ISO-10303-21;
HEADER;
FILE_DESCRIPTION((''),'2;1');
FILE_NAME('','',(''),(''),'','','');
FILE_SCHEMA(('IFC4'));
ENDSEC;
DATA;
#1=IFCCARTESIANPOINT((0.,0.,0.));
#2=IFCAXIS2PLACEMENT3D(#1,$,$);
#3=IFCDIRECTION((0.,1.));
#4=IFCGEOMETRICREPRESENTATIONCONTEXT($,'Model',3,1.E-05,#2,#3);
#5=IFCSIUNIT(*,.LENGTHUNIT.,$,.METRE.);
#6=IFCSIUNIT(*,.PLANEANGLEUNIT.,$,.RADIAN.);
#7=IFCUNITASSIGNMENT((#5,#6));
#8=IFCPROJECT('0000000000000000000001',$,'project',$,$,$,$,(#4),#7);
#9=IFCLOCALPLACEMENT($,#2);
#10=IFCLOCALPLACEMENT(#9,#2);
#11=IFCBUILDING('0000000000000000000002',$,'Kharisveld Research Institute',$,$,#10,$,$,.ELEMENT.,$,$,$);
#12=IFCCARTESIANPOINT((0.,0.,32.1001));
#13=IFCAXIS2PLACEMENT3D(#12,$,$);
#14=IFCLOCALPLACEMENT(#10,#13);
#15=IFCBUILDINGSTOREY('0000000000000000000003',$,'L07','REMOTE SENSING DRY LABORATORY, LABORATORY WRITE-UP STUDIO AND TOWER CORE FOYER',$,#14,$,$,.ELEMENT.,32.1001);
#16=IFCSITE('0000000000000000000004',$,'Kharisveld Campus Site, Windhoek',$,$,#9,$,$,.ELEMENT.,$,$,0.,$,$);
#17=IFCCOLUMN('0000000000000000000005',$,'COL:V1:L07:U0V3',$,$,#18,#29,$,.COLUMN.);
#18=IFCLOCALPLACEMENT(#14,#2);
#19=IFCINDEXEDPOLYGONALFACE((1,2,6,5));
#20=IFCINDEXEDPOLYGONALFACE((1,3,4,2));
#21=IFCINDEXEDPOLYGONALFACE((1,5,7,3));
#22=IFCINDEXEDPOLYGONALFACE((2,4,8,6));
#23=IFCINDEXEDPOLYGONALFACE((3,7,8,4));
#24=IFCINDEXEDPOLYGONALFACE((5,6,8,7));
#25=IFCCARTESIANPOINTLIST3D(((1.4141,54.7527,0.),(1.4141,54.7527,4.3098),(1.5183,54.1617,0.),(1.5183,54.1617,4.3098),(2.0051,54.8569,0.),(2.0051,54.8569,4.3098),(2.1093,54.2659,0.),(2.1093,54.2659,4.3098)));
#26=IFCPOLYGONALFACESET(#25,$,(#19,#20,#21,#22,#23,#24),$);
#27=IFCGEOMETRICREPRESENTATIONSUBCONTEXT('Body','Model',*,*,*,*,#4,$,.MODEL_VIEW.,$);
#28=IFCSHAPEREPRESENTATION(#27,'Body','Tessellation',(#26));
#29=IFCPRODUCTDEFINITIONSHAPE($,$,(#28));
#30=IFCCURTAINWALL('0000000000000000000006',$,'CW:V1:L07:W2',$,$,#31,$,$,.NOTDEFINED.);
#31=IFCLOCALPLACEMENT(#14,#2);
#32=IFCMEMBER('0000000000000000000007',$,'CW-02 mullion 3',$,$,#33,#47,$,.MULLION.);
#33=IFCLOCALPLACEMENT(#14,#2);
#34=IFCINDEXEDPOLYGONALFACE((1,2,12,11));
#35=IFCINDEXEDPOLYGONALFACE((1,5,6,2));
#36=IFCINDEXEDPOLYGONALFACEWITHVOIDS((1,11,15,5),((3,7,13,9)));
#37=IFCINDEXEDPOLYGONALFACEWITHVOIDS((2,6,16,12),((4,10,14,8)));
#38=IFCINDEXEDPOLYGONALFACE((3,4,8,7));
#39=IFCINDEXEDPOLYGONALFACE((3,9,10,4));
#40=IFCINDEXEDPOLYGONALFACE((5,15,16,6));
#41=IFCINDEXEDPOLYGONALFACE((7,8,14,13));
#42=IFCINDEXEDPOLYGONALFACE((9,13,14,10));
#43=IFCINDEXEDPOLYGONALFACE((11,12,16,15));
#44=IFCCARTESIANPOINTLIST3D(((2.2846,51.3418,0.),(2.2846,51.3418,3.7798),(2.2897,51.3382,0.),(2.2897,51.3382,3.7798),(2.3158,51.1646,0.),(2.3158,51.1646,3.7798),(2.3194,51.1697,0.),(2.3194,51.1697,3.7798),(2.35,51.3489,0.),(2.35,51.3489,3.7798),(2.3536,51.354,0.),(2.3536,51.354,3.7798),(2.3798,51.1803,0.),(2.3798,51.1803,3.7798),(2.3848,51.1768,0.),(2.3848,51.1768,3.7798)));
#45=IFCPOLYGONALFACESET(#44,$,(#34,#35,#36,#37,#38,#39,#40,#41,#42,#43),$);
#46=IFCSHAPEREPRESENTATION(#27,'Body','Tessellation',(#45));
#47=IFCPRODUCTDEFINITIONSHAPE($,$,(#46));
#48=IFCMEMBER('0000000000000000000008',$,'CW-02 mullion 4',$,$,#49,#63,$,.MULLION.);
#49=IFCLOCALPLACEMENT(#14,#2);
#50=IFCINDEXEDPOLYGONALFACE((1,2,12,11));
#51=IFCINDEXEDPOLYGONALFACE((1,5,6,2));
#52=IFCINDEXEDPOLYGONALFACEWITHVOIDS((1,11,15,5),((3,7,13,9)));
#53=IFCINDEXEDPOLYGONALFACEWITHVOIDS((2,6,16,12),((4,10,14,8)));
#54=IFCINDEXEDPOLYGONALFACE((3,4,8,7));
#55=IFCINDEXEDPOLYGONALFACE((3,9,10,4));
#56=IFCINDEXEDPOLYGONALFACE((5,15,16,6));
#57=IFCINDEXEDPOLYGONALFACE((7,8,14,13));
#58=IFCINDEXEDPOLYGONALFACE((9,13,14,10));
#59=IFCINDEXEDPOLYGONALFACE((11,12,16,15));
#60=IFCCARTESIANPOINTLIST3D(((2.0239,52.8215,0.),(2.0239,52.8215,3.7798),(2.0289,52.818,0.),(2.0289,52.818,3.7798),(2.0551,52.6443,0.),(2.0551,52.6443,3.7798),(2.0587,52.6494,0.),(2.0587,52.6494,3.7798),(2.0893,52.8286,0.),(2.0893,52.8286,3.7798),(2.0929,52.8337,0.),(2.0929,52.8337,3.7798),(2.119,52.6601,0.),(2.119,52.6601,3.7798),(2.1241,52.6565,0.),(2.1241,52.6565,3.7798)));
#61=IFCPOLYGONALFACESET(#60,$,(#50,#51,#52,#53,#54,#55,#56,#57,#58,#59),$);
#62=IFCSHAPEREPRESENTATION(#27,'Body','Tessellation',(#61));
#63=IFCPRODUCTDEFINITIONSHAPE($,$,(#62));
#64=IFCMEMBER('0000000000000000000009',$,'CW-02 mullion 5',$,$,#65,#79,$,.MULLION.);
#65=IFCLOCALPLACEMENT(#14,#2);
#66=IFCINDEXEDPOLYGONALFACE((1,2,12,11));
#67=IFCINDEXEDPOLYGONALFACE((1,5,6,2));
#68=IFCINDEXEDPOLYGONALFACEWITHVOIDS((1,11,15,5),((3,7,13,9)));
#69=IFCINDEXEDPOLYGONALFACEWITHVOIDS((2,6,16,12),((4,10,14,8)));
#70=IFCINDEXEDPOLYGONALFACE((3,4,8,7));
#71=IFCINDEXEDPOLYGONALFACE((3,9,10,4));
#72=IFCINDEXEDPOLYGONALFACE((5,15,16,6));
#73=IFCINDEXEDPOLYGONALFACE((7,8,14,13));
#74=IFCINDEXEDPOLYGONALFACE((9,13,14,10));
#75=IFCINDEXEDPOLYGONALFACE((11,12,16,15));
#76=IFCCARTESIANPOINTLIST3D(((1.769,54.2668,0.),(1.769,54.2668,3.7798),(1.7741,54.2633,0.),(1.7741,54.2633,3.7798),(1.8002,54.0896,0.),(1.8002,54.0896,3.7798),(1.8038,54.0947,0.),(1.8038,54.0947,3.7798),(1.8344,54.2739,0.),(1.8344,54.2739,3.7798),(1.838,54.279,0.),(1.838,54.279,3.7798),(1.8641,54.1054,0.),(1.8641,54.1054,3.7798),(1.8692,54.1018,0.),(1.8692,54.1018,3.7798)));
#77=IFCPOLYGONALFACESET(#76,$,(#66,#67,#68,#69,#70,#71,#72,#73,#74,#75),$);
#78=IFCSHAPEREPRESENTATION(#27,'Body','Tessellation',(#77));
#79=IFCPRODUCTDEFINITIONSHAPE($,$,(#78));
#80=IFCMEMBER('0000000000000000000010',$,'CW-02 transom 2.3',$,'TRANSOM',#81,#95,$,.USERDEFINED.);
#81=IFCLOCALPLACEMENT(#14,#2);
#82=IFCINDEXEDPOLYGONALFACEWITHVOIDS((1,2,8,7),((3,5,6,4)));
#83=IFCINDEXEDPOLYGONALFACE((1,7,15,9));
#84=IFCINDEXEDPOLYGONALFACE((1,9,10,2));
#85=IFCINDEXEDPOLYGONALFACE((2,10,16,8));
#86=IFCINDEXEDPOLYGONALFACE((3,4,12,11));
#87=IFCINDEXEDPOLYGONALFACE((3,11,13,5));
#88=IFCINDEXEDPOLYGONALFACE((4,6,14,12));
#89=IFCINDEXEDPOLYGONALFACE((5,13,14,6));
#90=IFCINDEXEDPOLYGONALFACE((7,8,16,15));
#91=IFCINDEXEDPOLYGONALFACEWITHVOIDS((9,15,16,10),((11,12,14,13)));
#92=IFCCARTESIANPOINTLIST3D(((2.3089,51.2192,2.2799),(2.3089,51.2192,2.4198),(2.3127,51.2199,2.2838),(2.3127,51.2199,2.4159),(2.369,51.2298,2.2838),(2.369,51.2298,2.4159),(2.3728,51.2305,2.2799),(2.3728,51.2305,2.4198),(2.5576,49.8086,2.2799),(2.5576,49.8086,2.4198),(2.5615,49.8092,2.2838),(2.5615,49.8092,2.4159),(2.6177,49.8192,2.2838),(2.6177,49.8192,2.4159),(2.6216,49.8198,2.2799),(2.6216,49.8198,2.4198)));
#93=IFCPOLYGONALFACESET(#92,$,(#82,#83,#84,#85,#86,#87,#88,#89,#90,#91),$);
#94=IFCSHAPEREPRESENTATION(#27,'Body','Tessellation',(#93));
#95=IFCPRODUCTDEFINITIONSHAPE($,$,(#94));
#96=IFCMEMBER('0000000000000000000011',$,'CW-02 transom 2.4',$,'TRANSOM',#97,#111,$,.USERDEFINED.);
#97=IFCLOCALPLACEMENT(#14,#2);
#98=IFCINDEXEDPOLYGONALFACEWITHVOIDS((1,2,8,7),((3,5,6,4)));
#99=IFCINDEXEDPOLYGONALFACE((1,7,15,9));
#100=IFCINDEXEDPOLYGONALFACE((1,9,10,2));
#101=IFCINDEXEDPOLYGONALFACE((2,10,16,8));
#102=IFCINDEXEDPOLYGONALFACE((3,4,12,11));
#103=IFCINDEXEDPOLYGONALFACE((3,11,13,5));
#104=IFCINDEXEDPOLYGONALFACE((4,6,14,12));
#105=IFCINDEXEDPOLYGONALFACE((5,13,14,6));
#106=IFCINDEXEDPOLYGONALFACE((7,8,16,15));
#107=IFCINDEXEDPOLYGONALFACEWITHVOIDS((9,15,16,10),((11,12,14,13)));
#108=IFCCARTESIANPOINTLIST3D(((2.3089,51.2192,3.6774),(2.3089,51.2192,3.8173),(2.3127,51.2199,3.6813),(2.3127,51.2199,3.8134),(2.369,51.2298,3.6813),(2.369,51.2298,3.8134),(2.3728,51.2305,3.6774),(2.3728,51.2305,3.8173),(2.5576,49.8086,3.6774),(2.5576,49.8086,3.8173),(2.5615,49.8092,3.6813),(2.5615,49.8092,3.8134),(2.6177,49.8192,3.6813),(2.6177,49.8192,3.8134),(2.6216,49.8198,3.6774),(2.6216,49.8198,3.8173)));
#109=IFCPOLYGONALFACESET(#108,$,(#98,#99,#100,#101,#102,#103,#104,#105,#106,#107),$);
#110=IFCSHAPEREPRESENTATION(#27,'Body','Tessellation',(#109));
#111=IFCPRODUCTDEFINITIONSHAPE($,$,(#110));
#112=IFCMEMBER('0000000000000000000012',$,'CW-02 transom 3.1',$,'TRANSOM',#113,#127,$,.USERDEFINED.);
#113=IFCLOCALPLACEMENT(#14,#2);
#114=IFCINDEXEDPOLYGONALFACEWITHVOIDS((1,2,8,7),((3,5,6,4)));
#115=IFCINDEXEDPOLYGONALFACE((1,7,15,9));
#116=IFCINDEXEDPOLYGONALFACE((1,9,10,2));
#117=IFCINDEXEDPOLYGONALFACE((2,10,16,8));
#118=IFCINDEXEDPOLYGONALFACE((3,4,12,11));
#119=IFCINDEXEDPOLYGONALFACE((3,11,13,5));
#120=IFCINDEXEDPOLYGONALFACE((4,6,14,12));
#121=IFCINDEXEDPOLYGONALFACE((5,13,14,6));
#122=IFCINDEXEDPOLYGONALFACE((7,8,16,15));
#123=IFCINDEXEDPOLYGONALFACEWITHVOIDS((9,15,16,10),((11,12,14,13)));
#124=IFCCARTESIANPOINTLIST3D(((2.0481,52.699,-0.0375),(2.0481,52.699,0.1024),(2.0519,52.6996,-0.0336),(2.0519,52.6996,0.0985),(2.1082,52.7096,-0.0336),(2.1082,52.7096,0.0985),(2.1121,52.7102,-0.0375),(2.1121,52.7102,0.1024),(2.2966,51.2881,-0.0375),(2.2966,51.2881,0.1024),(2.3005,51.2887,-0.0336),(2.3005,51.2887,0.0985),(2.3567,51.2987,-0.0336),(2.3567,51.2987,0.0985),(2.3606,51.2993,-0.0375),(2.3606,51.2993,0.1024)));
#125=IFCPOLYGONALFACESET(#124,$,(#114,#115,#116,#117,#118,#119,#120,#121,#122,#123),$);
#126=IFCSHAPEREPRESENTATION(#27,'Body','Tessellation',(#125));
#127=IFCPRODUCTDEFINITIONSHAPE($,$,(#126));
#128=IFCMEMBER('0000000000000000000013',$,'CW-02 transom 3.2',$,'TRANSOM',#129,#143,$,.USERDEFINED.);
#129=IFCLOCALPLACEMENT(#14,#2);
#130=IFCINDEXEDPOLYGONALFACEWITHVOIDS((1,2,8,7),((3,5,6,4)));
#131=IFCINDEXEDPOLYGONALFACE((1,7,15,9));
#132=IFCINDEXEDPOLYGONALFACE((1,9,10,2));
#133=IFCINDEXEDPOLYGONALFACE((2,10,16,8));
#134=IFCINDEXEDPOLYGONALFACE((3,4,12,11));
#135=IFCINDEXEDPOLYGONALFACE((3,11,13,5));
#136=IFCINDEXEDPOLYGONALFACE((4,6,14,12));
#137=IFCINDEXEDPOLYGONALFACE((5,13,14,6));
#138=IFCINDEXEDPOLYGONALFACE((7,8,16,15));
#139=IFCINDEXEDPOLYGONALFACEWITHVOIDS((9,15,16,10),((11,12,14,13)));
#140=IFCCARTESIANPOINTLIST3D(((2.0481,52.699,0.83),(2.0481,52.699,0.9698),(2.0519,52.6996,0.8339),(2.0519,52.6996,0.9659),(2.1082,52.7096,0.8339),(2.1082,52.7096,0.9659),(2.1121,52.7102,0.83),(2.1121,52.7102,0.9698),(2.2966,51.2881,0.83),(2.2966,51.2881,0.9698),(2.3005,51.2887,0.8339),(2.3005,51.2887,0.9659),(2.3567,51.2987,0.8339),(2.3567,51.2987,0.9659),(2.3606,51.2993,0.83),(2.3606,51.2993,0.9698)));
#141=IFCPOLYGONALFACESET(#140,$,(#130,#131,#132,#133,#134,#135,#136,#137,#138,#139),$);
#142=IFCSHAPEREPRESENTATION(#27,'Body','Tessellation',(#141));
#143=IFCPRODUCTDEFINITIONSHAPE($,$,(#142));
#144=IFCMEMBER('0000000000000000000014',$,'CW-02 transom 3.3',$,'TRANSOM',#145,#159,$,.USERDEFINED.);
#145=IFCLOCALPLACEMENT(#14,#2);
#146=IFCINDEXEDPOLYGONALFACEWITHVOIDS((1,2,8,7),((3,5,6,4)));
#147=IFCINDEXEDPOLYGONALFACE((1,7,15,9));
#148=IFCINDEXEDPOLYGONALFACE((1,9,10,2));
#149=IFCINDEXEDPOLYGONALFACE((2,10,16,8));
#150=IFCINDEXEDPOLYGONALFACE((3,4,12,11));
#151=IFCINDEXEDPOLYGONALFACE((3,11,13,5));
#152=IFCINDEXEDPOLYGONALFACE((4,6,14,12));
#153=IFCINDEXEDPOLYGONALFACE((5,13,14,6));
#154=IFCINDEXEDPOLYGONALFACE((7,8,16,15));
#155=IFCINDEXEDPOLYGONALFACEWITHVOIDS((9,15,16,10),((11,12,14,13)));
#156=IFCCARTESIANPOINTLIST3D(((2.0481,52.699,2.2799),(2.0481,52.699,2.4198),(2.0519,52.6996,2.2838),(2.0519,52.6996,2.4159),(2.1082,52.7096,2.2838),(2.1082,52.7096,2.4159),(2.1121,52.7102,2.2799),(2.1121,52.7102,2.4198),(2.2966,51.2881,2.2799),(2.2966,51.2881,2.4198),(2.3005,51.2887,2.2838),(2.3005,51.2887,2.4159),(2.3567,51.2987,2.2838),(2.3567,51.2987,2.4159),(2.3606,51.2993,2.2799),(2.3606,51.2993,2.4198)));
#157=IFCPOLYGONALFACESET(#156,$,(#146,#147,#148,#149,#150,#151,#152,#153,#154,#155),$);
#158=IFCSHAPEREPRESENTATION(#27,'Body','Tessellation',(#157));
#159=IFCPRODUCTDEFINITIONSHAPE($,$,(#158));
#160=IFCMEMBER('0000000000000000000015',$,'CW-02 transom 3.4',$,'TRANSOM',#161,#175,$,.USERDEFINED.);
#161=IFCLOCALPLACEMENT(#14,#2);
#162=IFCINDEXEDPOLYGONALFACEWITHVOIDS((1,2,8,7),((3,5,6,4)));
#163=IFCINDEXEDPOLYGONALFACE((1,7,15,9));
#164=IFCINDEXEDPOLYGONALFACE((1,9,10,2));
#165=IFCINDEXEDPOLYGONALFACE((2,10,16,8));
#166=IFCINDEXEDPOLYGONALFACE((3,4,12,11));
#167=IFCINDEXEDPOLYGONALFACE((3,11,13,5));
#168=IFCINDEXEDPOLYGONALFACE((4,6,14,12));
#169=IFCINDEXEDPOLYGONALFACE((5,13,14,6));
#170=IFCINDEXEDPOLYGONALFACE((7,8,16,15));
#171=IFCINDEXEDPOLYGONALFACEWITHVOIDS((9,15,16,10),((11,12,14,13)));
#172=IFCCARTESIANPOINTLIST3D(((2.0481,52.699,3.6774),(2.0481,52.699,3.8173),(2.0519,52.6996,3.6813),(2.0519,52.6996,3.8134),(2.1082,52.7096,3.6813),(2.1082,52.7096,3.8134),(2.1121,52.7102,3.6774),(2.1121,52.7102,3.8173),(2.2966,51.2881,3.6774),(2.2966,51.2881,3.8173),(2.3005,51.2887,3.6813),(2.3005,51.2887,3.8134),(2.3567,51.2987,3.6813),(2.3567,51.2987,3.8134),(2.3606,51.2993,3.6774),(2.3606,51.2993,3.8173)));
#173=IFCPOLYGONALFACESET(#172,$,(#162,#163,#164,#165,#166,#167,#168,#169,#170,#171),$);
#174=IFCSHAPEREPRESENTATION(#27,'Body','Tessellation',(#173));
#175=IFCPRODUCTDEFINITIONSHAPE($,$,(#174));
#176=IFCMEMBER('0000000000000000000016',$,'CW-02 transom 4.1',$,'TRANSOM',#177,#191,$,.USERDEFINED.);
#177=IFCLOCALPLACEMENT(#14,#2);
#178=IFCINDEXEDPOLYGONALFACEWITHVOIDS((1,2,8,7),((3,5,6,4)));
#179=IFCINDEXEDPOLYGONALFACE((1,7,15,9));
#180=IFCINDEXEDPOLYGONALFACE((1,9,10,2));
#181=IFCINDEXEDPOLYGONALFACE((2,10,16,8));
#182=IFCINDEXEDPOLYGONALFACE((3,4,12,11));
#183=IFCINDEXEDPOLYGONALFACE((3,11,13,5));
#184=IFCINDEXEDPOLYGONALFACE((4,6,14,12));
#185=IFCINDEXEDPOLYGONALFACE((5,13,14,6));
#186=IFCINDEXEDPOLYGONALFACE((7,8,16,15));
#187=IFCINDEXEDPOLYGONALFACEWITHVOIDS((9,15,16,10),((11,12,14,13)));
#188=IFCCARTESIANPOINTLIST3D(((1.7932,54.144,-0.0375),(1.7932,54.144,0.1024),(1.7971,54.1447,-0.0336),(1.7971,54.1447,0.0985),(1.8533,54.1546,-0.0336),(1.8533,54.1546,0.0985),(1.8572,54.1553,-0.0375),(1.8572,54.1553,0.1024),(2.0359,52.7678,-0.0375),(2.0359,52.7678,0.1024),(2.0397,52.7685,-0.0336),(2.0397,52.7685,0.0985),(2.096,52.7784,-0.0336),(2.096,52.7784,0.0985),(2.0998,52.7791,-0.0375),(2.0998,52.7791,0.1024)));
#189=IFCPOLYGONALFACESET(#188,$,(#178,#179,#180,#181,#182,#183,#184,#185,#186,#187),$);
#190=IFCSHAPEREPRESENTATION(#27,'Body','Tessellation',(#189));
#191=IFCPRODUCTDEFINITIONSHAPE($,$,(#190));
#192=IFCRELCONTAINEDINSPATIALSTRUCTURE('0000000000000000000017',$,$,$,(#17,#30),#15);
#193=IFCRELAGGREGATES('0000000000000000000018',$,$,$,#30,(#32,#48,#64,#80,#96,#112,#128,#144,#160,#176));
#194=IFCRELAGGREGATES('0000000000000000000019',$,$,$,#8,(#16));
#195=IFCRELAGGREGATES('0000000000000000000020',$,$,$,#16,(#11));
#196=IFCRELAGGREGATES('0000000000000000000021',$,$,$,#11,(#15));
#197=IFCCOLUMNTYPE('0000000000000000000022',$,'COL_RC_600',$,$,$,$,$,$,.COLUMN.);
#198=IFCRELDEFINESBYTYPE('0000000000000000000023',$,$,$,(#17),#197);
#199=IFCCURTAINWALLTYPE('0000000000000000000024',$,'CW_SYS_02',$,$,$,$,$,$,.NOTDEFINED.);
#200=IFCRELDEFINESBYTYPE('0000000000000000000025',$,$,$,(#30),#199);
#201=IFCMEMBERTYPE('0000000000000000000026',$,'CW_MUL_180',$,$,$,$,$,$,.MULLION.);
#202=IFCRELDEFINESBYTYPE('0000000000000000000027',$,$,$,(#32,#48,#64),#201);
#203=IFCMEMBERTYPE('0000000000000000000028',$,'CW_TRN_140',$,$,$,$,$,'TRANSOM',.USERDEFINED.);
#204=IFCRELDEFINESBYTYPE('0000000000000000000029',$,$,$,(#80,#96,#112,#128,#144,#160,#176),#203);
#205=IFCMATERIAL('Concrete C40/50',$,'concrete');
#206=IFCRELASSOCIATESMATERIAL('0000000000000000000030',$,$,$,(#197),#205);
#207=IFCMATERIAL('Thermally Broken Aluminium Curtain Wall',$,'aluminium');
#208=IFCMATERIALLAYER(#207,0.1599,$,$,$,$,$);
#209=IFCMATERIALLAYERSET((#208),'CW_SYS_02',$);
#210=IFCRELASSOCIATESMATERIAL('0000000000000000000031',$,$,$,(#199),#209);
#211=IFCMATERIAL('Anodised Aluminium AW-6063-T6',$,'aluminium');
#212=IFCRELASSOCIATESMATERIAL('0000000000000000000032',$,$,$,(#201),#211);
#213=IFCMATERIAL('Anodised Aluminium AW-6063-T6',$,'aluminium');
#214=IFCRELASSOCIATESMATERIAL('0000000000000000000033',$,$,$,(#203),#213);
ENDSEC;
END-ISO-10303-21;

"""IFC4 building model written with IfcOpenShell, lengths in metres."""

from ifc_helpers import new_model, si_unit, direction, frame, origin, origin_2d, place, context, subcontext, project, spatial, rectangle, hollow_rectangle, extrude, material, layer, layer_set, material_profile, profile_set, type_object, element, aggregate, save


model = new_model("IFC4")

# Units and contexts
model_context = context("Model", 3, precision=1e-05, world=origin(), true_north=direction((0.0, 1.0)))
body_context = subcontext(model_context, "Body", "Model", "MODEL_VIEW")
ifc_project = project(units=[si_unit("LENGTHUNIT", "METRE"), si_unit("PLANEANGLEUNIT", "RADIAN")], contexts=[model_context])

# Site, building, storey
site_placement = place(None, origin())
site = spatial("IfcSite", under=ifc_project, at=site_placement, Name="Kharisveld Campus Site, Windhoek", CompositionType="ELEMENT", RefElevation=0.0)
building_placement = place(site_placement, origin())
building = spatial("IfcBuilding", under=site, at=building_placement, Name="Kharisveld Research Institute", CompositionType="ELEMENT")
storey_placement = place(building_placement, frame((0.0, 0.0, 32.1001)))
storey = spatial("IfcBuildingStorey", under=building, at=storey_placement, Name="L07", Description="REMOTE SENSING DRY LABORATORY, LABORATORY WRITE-UP STUDIO AND TOWER CORE FOYER", CompositionType="ELEMENT", Elevation=32.1001)

# Column
ifc_material_1 = material(Name="Concrete C40/50", Category="concrete")
ifc_material_profile_1 = material_profile(ifc_material_1, rectangle(XDim=0.6001, YDim=0.6001, at=origin_2d()))
ifc_profile_set_1 = profile_set([ifc_material_profile_1], Name="Concrete C40/50")
column_type = type_object("IfcColumnType", Name="COL_RC_600", PredefinedType="COLUMN", material=ifc_profile_set_1)
column_placement = place(storey_placement, frame((1.7617, 54.5093, 0.0), z_axis=(0.0, 0.0, 1.0), x_axis=(0.984808, 0.173648, 0.0)))
element("IfcColumn", 1, at=column_placement, inside=storey, type_object=column_type, Name="COL:V1:L07:U0V3", PredefinedType="COLUMN", context=body_context, shape_type="SweptSolid", body=[
    extrude(rectangle(XDim=0.6001, YDim=0.6001, at=origin_2d()), origin(), (0.0, 0.0, 1.0), 4.3098),
])

# Curtain wall, members
ifc_material_2 = material(Name="Thermally Broken Aluminium Curtain Wall", Category="aluminium")
ifc_layer_1 = layer(ifc_material_2, 0.1599)
ifc_layer_set_1 = layer_set([ifc_layer_1], Name="CW_SYS_02")
curtain_wall_type = type_object("IfcCurtainWallType", Name="CW_SYS_02", PredefinedType="NOTDEFINED", material=ifc_layer_set_1)
curtain_wall_placement = place(storey_placement, origin())
curtain_wall = element("IfcCurtainWall", 2, at=curtain_wall_placement, inside=storey, type_object=curtain_wall_type, Name="CW:V1:L07:W2", PredefinedType="NOTDEFINED")
ifc_material_3 = material(Name="Anodised Aluminium AW-6063-T6", Category="aluminium")
ifc_material_profile_2 = material_profile(ifc_material_3, hollow_rectangle(XDim=0.0701, YDim=0.1799, WallThickness=0.0044, at=origin_2d()))
ifc_profile_set_2 = profile_set([ifc_material_profile_2], Name="Anodised Aluminium AW-6063-T6")
member_type_1 = type_object("IfcMemberType", Name="CW_MUL_180", PredefinedType="MULLION", material=ifc_profile_set_2)
member_1_placement = place(storey_placement, frame((2.3347, 51.2593, 0.0), z_axis=(0.0, 0.0, 1.0), x_axis=(-0.984808, -0.173648, 0.0)))
member_1 = element("IfcMember", 3, at=member_1_placement, type_object=member_type_1, Name="CW-02 mullion 3", PredefinedType="MULLION", context=body_context, shape_type="SweptSolid", body=[
    extrude(hollow_rectangle(XDim=0.0701, YDim=0.1799, WallThickness=0.0044, at=origin_2d()), origin(), (0.0, 0.0, 1.0), 3.7798),
])
member_2_placement = place(storey_placement, frame((2.074, 52.739, 0.0), z_axis=(0.0, 0.0, 1.0), x_axis=(-0.984808, -0.173648, 0.0)))
member_2 = element("IfcMember", 4, at=member_2_placement, type_object=member_type_1, Name="CW-02 mullion 4", PredefinedType="MULLION", context=body_context, shape_type="SweptSolid", body=[
    extrude(hollow_rectangle(XDim=0.0701, YDim=0.1799, WallThickness=0.0044, at=origin_2d()), origin(), (0.0, 0.0, 1.0), 3.7798),
])
member_3_placement = place(storey_placement, frame((1.8191, 54.1843, 0.0), z_axis=(0.0, 0.0, 1.0), x_axis=(-0.984808, -0.173648, 0.0)))
member_3 = element("IfcMember", 5, at=member_3_placement, type_object=member_type_1, Name="CW-02 mullion 5", PredefinedType="MULLION", context=body_context, shape_type="SweptSolid", body=[
    extrude(hollow_rectangle(XDim=0.0701, YDim=0.1799, WallThickness=0.0044, at=origin_2d()), origin(), (0.0, 0.0, 1.0), 3.7798),
])
ifc_material_4 = material(Name="Anodised Aluminium AW-6063-T6", Category="aluminium")
ifc_material_profile_3 = material_profile(ifc_material_4, hollow_rectangle(XDim=0.0649, YDim=0.1399, WallThickness=0.0039, at=origin_2d()))
ifc_profile_set_3 = profile_set([ifc_material_profile_3], Name="Anodised Aluminium AW-6063-T6")
member_type_2 = type_object("IfcMemberType", Name="CW_TRN_140", ElementType="TRANSOM", PredefinedType="USERDEFINED", material=ifc_profile_set_3)
member_4_placement = place(storey_placement, frame((2.5896, 49.8142, 2.3499), z_axis=(-0.173678, 0.984802, 0.0), x_axis=(-0.984802, -0.173678, 0.0)))
member_4 = element("IfcMember", 6, at=member_4_placement, type_object=member_type_2, Name="CW-02 transom 2.3", ObjectType="TRANSOM", PredefinedType="USERDEFINED", context=body_context, shape_type="SweptSolid", body=[
    extrude(hollow_rectangle(XDim=0.0649, YDim=0.1399, WallThickness=0.0039, at=origin_2d()), origin(), (0.0, 0.0, 1.0), 1.4324),
])
member_5_placement = place(storey_placement, frame((2.5896, 49.8142, 3.7473), z_axis=(-0.173678, 0.984802, 0.0), x_axis=(-0.984802, -0.173678, 0.0)))
member_5 = element("IfcMember", 7, at=member_5_placement, type_object=member_type_2, Name="CW-02 transom 2.4", ObjectType="TRANSOM", PredefinedType="USERDEFINED", context=body_context, shape_type="SweptSolid", body=[
    extrude(hollow_rectangle(XDim=0.0649, YDim=0.1399, WallThickness=0.0039, at=origin_2d()), origin(), (0.0, 0.0, 1.0), 1.4324),
])
member_6_placement = place(storey_placement, frame((2.3286, 51.2937, 0.0325), z_axis=(-0.173484, 0.984837, 0.0), x_axis=(-0.984837, -0.173484, 0.0)))
member_6 = element("IfcMember", 8, at=member_6_placement, type_object=member_type_2, Name="CW-02 transom 3.1", ObjectType="TRANSOM", PredefinedType="USERDEFINED", context=body_context, shape_type="SweptSolid", body=[
    extrude(hollow_rectangle(XDim=0.0649, YDim=0.1399, WallThickness=0.0039, at=origin_2d()), origin(), (0.0, 0.0, 1.0), 1.4326),
])
member_7_placement = place(storey_placement, frame((2.3286, 51.2937, 0.8999), z_axis=(-0.173484, 0.984837, 0.0), x_axis=(-0.984837, -0.173484, 0.0)))
member_7 = element("IfcMember", 9, at=member_7_placement, type_object=member_type_2, Name="CW-02 transom 3.2", ObjectType="TRANSOM", PredefinedType="USERDEFINED", context=body_context, shape_type="SweptSolid", body=[
    extrude(hollow_rectangle(XDim=0.0649, YDim=0.1399, WallThickness=0.0039, at=origin_2d()), origin(), (0.0, 0.0, 1.0), 1.4326),
])
member_8_placement = place(storey_placement, frame((2.3286, 51.2937, 2.3499), z_axis=(-0.173484, 0.984837, 0.0), x_axis=(-0.984837, -0.173484, 0.0)))
member_8 = element("IfcMember", 10, at=member_8_placement, type_object=member_type_2, Name="CW-02 transom 3.3", ObjectType="TRANSOM", PredefinedType="USERDEFINED", context=body_context, shape_type="SweptSolid", body=[
    extrude(hollow_rectangle(XDim=0.0649, YDim=0.1399, WallThickness=0.0039, at=origin_2d()), origin(), (0.0, 0.0, 1.0), 1.4326),
])
member_9_placement = place(storey_placement, frame((2.3286, 51.2937, 3.7473), z_axis=(-0.173484, 0.984837, 0.0), x_axis=(-0.984837, -0.173484, 0.0)))
member_9 = element("IfcMember", 11, at=member_9_placement, type_object=member_type_2, Name="CW-02 transom 3.4", ObjectType="TRANSOM", PredefinedType="USERDEFINED", context=body_context, shape_type="SweptSolid", body=[
    extrude(hollow_rectangle(XDim=0.0649, YDim=0.1399, WallThickness=0.0039, at=origin_2d()), origin(), (0.0, 0.0, 1.0), 1.4326),
])
member_10_placement = place(storey_placement, frame((2.0679, 52.7734, 0.0325), z_axis=(-0.173656, 0.984806, 0.0), x_axis=(-0.984806, -0.173656, 0.0)))
member_10 = element("IfcMember", 12, at=member_10_placement, type_object=member_type_2, Name="CW-02 transom 4.1", ObjectType="TRANSOM", PredefinedType="USERDEFINED", context=body_context, shape_type="SweptSolid", body=[
    extrude(hollow_rectangle(XDim=0.0649, YDim=0.1399, WallThickness=0.0039, at=origin_2d()), origin(), (0.0, 0.0, 1.0), 1.3975),
])

aggregate(curtain_wall, [member_1, member_2, member_3, member_4, member_5, member_6, member_7, member_8, member_9, member_10])

save(model, "model.ifc")
